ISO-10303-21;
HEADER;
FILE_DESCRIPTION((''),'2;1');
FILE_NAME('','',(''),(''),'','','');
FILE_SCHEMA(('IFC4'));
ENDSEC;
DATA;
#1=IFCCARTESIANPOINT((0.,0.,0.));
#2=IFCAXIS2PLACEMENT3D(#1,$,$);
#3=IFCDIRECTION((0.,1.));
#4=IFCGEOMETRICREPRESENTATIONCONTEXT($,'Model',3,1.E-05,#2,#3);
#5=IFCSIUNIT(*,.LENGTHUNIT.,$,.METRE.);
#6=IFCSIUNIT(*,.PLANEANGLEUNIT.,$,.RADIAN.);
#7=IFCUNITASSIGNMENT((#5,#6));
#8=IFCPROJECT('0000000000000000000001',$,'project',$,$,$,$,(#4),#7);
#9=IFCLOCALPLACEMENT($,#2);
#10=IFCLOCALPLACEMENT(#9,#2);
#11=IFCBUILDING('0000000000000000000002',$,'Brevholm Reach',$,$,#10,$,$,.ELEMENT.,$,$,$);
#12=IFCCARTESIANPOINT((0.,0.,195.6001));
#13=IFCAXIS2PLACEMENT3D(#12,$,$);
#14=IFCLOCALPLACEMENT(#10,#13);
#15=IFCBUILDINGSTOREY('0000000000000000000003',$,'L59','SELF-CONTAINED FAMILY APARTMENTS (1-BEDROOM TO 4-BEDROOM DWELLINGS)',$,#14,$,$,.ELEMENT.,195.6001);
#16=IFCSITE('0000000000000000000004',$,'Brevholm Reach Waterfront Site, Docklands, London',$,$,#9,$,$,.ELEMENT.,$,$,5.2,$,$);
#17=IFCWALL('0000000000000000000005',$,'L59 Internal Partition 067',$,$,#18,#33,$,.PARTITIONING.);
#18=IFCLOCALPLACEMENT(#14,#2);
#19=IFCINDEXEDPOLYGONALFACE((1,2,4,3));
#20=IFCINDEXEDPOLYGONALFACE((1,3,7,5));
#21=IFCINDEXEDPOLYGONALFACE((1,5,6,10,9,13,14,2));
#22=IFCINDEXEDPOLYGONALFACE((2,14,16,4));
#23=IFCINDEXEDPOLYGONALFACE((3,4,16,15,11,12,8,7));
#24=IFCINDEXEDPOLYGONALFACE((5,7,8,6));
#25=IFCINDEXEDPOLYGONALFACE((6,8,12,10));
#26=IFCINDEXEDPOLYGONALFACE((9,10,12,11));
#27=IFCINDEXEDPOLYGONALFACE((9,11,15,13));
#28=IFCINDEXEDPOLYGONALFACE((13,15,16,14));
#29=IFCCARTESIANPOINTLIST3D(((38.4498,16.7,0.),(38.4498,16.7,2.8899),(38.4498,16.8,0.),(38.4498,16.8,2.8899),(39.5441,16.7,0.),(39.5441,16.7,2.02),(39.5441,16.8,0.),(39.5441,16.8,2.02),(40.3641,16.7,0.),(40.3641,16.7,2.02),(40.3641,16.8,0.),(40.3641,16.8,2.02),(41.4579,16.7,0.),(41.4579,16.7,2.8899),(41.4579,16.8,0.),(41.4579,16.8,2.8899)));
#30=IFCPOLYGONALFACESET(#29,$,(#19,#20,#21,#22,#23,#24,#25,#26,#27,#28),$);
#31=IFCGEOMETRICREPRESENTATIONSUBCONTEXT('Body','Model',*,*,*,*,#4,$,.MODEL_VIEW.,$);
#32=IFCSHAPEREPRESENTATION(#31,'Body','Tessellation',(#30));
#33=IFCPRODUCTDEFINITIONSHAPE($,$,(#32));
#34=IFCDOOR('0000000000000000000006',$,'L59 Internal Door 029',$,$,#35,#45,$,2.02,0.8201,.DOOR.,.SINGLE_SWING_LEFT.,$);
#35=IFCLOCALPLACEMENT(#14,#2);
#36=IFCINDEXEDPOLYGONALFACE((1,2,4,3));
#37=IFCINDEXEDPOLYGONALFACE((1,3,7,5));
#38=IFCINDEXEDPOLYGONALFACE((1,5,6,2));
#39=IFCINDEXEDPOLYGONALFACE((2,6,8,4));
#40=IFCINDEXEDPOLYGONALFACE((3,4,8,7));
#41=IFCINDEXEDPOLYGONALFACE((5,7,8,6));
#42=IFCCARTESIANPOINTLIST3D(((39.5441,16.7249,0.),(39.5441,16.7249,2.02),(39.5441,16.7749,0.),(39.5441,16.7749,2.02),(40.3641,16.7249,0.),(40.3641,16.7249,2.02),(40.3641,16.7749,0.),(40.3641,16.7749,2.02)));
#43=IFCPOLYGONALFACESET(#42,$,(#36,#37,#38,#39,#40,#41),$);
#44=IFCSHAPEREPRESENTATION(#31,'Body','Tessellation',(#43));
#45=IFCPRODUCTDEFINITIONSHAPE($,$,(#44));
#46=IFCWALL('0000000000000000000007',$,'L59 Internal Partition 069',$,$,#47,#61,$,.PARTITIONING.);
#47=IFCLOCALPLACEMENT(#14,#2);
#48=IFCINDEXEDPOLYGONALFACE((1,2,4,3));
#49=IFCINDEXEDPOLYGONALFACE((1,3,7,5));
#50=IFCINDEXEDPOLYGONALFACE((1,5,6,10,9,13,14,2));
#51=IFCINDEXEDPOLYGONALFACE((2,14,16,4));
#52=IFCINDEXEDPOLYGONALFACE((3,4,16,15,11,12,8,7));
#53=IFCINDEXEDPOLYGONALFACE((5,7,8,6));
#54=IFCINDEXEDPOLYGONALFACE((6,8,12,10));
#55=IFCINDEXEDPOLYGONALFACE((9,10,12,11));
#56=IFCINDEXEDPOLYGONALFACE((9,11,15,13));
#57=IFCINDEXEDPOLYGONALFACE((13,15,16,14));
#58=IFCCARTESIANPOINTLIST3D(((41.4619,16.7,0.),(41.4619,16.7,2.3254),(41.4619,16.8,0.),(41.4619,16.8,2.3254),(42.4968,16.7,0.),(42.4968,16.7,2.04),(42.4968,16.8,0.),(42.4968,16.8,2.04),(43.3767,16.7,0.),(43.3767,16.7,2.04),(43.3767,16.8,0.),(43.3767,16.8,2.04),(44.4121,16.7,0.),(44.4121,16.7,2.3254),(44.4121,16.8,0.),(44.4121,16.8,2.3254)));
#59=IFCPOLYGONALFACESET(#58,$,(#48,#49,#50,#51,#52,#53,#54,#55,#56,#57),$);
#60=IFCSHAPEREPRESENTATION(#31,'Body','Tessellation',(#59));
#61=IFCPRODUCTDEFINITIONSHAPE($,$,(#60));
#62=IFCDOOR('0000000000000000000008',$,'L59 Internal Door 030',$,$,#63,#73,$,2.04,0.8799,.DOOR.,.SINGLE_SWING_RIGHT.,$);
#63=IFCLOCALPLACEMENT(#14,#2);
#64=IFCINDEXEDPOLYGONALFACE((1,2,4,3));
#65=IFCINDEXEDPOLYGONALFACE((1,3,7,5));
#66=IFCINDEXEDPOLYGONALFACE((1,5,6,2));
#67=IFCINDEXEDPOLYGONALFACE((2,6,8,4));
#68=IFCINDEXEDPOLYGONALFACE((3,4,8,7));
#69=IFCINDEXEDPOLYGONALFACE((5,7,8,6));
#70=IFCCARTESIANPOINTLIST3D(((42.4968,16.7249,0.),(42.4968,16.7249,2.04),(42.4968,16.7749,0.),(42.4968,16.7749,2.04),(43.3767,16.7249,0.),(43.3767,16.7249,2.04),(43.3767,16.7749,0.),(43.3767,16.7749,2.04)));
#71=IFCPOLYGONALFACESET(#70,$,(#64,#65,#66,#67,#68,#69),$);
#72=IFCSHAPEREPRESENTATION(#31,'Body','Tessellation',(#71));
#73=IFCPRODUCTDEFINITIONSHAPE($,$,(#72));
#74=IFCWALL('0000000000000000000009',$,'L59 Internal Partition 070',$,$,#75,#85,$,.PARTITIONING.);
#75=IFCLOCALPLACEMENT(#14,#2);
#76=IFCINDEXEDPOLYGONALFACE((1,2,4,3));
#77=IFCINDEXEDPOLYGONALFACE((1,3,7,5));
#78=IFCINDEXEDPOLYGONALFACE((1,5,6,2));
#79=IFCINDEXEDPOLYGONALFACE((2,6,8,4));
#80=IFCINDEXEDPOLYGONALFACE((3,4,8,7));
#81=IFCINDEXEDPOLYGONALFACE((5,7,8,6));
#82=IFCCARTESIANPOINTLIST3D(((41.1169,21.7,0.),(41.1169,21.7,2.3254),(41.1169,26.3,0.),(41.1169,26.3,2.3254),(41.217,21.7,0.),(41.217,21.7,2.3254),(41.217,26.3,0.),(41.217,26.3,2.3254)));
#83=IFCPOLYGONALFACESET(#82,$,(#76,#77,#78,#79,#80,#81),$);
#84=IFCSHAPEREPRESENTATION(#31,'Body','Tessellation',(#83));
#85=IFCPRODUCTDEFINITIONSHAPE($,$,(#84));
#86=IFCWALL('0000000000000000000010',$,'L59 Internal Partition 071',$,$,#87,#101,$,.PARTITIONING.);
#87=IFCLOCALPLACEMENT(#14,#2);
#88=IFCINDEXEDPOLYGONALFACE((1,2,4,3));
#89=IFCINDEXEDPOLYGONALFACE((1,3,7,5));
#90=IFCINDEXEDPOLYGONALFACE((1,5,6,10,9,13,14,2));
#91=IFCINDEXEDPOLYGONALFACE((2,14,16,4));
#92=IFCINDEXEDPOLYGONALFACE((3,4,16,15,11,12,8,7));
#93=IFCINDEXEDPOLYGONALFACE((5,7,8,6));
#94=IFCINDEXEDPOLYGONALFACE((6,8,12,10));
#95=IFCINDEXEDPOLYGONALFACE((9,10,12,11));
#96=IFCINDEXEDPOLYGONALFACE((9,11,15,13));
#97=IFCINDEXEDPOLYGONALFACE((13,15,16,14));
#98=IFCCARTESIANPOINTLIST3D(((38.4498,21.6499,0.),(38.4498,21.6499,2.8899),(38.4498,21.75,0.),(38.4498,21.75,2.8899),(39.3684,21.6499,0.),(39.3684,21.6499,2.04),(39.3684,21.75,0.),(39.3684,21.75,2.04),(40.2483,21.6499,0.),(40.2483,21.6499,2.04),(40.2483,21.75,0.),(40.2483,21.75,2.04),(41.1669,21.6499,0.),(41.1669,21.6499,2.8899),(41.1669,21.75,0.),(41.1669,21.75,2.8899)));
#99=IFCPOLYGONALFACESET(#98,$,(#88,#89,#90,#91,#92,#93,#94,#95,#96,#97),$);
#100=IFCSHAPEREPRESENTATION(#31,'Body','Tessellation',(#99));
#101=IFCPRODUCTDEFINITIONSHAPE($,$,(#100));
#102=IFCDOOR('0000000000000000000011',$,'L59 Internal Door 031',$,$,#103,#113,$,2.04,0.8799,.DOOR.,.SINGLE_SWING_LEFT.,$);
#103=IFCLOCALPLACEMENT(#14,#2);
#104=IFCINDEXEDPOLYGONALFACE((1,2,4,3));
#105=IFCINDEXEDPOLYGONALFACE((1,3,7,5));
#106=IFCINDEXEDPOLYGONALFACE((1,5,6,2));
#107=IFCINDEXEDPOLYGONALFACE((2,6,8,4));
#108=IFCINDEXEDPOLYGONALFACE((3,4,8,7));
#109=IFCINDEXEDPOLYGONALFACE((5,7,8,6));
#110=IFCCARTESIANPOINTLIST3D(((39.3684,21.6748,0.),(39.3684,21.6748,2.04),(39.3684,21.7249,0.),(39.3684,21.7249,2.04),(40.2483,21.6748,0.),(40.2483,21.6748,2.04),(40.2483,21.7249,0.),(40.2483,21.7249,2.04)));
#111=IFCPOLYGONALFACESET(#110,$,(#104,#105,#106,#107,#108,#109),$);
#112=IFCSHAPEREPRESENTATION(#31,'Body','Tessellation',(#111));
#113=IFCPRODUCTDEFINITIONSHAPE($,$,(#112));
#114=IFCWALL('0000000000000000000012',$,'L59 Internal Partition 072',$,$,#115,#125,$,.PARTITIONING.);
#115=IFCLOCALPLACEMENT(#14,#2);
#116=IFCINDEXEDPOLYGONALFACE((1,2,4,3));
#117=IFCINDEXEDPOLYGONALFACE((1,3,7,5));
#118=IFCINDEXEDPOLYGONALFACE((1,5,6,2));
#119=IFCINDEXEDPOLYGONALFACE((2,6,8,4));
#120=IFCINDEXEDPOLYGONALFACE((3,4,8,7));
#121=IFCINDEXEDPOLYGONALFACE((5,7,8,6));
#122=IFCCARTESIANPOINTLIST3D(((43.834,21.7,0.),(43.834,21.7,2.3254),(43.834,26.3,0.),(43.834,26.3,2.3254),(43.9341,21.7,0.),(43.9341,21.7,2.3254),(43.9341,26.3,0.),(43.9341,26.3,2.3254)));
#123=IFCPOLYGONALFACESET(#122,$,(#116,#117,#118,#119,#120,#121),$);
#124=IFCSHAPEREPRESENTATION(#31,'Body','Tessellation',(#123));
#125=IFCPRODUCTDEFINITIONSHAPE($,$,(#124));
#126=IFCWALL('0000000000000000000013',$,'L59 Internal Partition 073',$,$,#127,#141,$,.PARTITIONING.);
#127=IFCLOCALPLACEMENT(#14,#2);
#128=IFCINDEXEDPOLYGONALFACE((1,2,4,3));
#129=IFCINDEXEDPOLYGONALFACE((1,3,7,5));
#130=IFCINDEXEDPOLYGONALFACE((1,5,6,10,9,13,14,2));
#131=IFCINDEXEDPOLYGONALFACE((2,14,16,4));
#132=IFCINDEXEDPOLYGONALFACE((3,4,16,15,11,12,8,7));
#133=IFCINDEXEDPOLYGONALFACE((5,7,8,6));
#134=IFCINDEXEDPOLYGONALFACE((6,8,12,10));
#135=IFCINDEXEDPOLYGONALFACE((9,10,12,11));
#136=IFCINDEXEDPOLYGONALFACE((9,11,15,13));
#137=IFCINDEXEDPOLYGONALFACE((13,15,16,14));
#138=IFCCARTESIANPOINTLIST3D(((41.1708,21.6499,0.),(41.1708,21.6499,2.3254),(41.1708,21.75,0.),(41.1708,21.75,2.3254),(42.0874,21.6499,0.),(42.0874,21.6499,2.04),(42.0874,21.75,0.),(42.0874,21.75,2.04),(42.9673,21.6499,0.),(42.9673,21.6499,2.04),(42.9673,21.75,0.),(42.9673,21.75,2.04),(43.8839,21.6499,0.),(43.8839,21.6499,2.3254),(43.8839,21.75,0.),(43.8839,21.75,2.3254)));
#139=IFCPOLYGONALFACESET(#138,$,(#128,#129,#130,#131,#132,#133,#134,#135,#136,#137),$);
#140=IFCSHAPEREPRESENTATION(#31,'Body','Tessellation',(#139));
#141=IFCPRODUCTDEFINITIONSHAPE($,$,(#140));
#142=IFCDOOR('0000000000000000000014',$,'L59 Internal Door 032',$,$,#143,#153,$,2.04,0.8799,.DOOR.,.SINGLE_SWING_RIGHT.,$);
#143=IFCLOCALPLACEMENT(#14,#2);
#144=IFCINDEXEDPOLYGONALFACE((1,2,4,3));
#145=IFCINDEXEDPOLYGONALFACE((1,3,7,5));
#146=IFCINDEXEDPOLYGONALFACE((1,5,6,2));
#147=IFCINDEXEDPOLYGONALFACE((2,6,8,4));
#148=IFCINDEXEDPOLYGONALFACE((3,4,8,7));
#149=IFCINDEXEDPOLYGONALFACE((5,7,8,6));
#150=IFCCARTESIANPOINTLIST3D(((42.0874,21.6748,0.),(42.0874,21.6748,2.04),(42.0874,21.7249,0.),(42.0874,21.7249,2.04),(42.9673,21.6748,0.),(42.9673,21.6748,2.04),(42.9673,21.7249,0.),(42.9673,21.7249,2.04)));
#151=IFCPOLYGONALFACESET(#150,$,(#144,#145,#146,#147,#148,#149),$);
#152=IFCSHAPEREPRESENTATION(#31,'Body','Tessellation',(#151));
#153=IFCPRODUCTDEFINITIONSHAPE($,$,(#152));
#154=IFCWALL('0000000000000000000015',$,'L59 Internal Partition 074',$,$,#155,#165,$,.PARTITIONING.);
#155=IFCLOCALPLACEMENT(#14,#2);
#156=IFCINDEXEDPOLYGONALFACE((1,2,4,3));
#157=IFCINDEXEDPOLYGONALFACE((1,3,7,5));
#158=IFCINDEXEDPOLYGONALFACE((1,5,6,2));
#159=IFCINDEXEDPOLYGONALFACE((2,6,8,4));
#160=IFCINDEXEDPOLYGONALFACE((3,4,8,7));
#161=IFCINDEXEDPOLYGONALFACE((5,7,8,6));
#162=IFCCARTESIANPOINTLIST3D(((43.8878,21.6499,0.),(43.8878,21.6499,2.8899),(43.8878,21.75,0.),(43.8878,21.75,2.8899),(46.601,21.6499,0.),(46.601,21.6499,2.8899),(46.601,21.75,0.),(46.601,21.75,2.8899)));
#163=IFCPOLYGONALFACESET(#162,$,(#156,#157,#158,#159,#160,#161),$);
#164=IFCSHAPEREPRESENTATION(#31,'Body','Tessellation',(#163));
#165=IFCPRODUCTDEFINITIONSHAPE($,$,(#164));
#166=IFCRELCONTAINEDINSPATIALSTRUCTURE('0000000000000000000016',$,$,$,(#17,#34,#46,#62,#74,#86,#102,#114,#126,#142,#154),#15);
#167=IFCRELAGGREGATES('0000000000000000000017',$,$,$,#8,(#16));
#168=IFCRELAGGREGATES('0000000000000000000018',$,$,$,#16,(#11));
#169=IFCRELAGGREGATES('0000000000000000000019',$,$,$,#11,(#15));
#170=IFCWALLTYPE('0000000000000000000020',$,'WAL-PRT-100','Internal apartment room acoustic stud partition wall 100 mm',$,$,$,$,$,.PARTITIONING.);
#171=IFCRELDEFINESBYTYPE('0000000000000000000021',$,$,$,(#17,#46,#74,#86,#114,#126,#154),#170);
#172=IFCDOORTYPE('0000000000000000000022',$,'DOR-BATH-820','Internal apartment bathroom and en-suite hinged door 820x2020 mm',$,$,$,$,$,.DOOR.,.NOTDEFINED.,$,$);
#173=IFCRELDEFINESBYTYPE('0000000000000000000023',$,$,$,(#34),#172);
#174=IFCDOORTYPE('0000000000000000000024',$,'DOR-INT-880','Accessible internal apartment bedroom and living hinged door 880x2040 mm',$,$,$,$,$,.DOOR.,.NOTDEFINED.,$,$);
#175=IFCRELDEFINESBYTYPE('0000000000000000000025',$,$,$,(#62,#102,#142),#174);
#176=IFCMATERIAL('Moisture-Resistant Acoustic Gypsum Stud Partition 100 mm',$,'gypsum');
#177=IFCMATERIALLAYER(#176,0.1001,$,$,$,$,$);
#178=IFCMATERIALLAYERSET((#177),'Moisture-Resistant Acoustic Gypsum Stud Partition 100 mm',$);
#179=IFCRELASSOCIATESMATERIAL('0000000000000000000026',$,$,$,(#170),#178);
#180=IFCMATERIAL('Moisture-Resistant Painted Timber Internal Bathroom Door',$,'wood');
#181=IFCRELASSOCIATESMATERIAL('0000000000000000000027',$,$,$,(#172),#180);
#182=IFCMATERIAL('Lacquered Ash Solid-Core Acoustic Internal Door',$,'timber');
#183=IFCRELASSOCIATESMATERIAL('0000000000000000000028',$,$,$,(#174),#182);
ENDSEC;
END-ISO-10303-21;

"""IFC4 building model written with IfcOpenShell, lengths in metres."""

from ifc_helpers import new_model, si_unit, direction, frame, frame_2d, origin, place, context, subcontext, project, spatial, rectangle, extrude, material, layer, layer_set, type_object, element, fill, save


model = new_model("IFC4")

# Units and contexts
model_context = context("Model", 3, precision=1e-05, world=origin(), true_north=direction((0.0, 1.0)))
body_context = subcontext(model_context, "Body", "Model", "MODEL_VIEW")
ifc_project = project(units=[si_unit("LENGTHUNIT", "METRE"), si_unit("PLANEANGLEUNIT", "RADIAN")], contexts=[model_context])

# Site, building, storey
site_placement = place(None, origin())
site = spatial("IfcSite", under=ifc_project, at=site_placement, Name="Brevholm Reach Waterfront Site, Docklands, London", CompositionType="ELEMENT", RefElevation=5.2)
building_placement = place(site_placement, origin())
building = spatial("IfcBuilding", under=site, at=building_placement, Name="Brevholm Reach", CompositionType="ELEMENT")
storey_placement = place(building_placement, frame((0.0, 0.0, 195.6001)))
storey = spatial("IfcBuildingStorey", under=building, at=storey_placement, Name="L59", Description="SELF-CONTAINED FAMILY APARTMENTS (1-BEDROOM TO 4-BEDROOM DWELLINGS)", CompositionType="ELEMENT", Elevation=195.6001)

# Walls, openings, doors
ifc_material_1 = material(Name="Moisture-Resistant Acoustic Gypsum Stud Partition 100 mm", Category="gypsum")
ifc_layer_1 = layer(ifc_material_1, 0.1001)
ifc_layer_set_1 = layer_set([ifc_layer_1], Name="Moisture-Resistant Acoustic Gypsum Stud Partition 100 mm")
wall_type_1 = type_object("IfcWallType", Name="WAL-PRT-100", Description="Internal apartment room acoustic stud partition wall 100 mm", PredefinedType="PARTITIONING", material=ifc_layer_set_1)
wall_1_placement = place(storey_placement, frame((38.45, 16.75, 0.0), z_axis=(0.0, 0.0, 1.0), x_axis=(1.0, 0.0, 0.0)))
wall_1 = element("IfcWall", 1, at=wall_1_placement, inside=storey, type_object=wall_type_1, Name="L59 Internal Partition 067", PredefinedType="PARTITIONING", context=body_context, shape_type="SweptSolid", body=[
    extrude(rectangle(XDim=3.0081, YDim=0.1001, at=frame_2d((1.5039, 0.0))), origin(), (0.0, 0.0, 1.0), 2.8899),
])
opening_1_placement = place(wall_1_placement, frame((1.094, 0.0, 0.0)))
opening_1 = element("IfcOpeningElement", 2, at=opening_1_placement, cuts=wall_1, PredefinedType="OPENING", context=body_context, shape_type="SweptSolid", body=[
    extrude(rectangle(XDim=0.8201, YDim=2.02, at=frame_2d((0.4102, 1.01))), frame((0.0, 0.0601, 0.0), z_axis=(0.0, -1.0, 0.0), x_axis=(1.0, 0.0, 0.0)), (0.0, 0.0, 1.0), 0.1201),
])
ifc_material_2 = material(Name="Moisture-Resistant Painted Timber Internal Bathroom Door", Category="wood")
door_type_1 = type_object("IfcDoorType", Name="DOR-BATH-820", Description="Internal apartment bathroom and en-suite hinged door 820x2020 mm", OperationType="NOTDEFINED", PredefinedType="DOOR", material=ifc_material_2)
door_1_placement = place(opening_1_placement, origin())
door_1 = element("IfcDoor", 3, at=door_1_placement, inside=storey, type_object=door_type_1, Name="L59 Internal Door 029", OperationType="SINGLE_SWING_LEFT", OverallHeight=2.02, OverallWidth=0.8201, PredefinedType="DOOR", context=body_context, shape_type="SweptSolid", body=[
    extrude(rectangle(XDim=0.8201, YDim=2.02, at=frame_2d((0.4102, 1.01))), frame((0.0, 0.0249, 0.0), z_axis=(0.0, -1.0, 0.0), x_axis=(1.0, 0.0, 0.0)), (0.0, 0.0, 1.0), 0.05),
])
fill(opening_1, door_1)
wall_2_placement = place(storey_placement, frame((41.4619, 16.75, 0.0), z_axis=(0.0, 0.0, 1.0), x_axis=(1.0, 0.0, 0.0)))
wall_2 = element("IfcWall", 4, at=wall_2_placement, inside=storey, type_object=wall_type_1, Name="L59 Internal Partition 069", PredefinedType="PARTITIONING", context=body_context, shape_type="SweptSolid", body=[
    extrude(rectangle(XDim=2.9502, YDim=0.1001, at=frame_2d((1.4751, 0.0))), origin(), (0.0, 0.0, 1.0), 2.3254),
])
opening_2_placement = place(wall_2_placement, frame((1.0349, 0.0, 0.0)))
opening_2 = element("IfcOpeningElement", 5, at=opening_2_placement, cuts=wall_2, PredefinedType="OPENING", context=body_context, shape_type="SweptSolid", body=[
    extrude(rectangle(XDim=0.8799, YDim=2.04, at=frame_2d((0.4399, 1.02))), frame((0.0, 0.0601, 0.0), z_axis=(0.0, -1.0, 0.0), x_axis=(1.0, 0.0, 0.0)), (0.0, 0.0, 1.0), 0.1201),
])
ifc_material_3 = material(Name="Lacquered Ash Solid-Core Acoustic Internal Door", Category="timber")
door_type_2 = type_object("IfcDoorType", Name="DOR-INT-880", Description="Accessible internal apartment bedroom and living hinged door 880x2040 mm", OperationType="NOTDEFINED", PredefinedType="DOOR", material=ifc_material_3)
door_2_placement = place(opening_2_placement, origin())
door_2 = element("IfcDoor", 6, at=door_2_placement, inside=storey, type_object=door_type_2, Name="L59 Internal Door 030", OperationType="SINGLE_SWING_RIGHT", OverallHeight=2.04, OverallWidth=0.8799, PredefinedType="DOOR", context=body_context, shape_type="SweptSolid", body=[
    extrude(rectangle(XDim=0.8799, YDim=2.04, at=frame_2d((0.4399, 1.02))), frame((0.0, 0.0249, 0.0), z_axis=(0.0, -1.0, 0.0), x_axis=(1.0, 0.0, 0.0)), (0.0, 0.0, 1.0), 0.05),
])
fill(opening_2, door_2)

# Wall
wall_3_placement = place(storey_placement, frame((41.167, 21.7, 0.0), z_axis=(0.0, 0.0, 1.0), x_axis=(0.0, 1.0, 0.0)))
element("IfcWall", 7, at=wall_3_placement, inside=storey, type_object=wall_type_1, Name="L59 Internal Partition 070", PredefinedType="PARTITIONING", context=body_context, shape_type="SweptSolid", body=[
    extrude(rectangle(XDim=4.6001, YDim=0.1001, at=frame_2d((2.3, 0.0))), origin(), (0.0, 0.0, 1.0), 2.3254),
])

# Wall, opening, door
wall_4_placement = place(storey_placement, frame((38.45, 21.7, 0.0), z_axis=(0.0, 0.0, 1.0), x_axis=(1.0, 0.0, 0.0)))
wall_4 = element("IfcWall", 8, at=wall_4_placement, inside=storey, type_object=wall_type_1, Name="L59 Internal Partition 071", PredefinedType="PARTITIONING", context=body_context, shape_type="SweptSolid", body=[
    extrude(rectangle(XDim=2.717, YDim=0.1001, at=frame_2d((1.3584, 0.0))), origin(), (0.0, 0.0, 1.0), 2.8899),
])
opening_3_placement = place(wall_4_placement, frame((0.9185, 0.0, 0.0)))
opening_3 = element("IfcOpeningElement", 9, at=opening_3_placement, cuts=wall_4, PredefinedType="OPENING", context=body_context, shape_type="SweptSolid", body=[
    extrude(rectangle(XDim=0.8799, YDim=2.04, at=frame_2d((0.4399, 1.02))), frame((0.0, 0.0601, 0.0), z_axis=(0.0, -1.0, 0.0), x_axis=(1.0, 0.0, 0.0)), (0.0, 0.0, 1.0), 0.1201),
])
door_3_placement = place(opening_3_placement, origin())
door_3 = element("IfcDoor", 10, at=door_3_placement, inside=storey, type_object=door_type_2, Name="L59 Internal Door 031", OperationType="SINGLE_SWING_LEFT", OverallHeight=2.04, OverallWidth=0.8799, PredefinedType="DOOR", context=body_context, shape_type="SweptSolid", body=[
    extrude(rectangle(XDim=0.8799, YDim=2.04, at=frame_2d((0.4399, 1.02))), frame((0.0, 0.0249, 0.0), z_axis=(0.0, -1.0, 0.0), x_axis=(1.0, 0.0, 0.0)), (0.0, 0.0, 1.0), 0.05),
])
fill(opening_3, door_3)

# Wall
wall_5_placement = place(storey_placement, frame((43.884, 21.7, 0.0), z_axis=(0.0, 0.0, 1.0), x_axis=(0.0, 1.0, 0.0)))
element("IfcWall", 11, at=wall_5_placement, inside=storey, type_object=wall_type_1, Name="L59 Internal Partition 072", PredefinedType="PARTITIONING", context=body_context, shape_type="SweptSolid", body=[
    extrude(rectangle(XDim=4.6001, YDim=0.1001, at=frame_2d((2.3, 0.0))), origin(), (0.0, 0.0, 1.0), 2.3254),
])

# Wall, opening, door
wall_6_placement = place(storey_placement, frame((41.1709, 21.7, 0.0), z_axis=(0.0, 0.0, 1.0), x_axis=(1.0, 0.0, 0.0)))
wall_6 = element("IfcWall", 12, at=wall_6_placement, inside=storey, type_object=wall_type_1, Name="L59 Internal Partition 073", PredefinedType="PARTITIONING", context=body_context, shape_type="SweptSolid", body=[
    extrude(rectangle(XDim=2.7131, YDim=0.1001, at=frame_2d((1.3564, 0.0))), origin(), (0.0, 0.0, 1.0), 2.3254),
])
opening_4_placement = place(wall_6_placement, frame((0.9165, 0.0, 0.0)))
opening_4 = element("IfcOpeningElement", 13, at=opening_4_placement, cuts=wall_6, PredefinedType="OPENING", context=body_context, shape_type="SweptSolid", body=[
    extrude(rectangle(XDim=0.8799, YDim=2.04, at=frame_2d((0.4399, 1.02))), frame((0.0, 0.0601, 0.0), z_axis=(0.0, -1.0, 0.0), x_axis=(1.0, 0.0, 0.0)), (0.0, 0.0, 1.0), 0.1201),
])
door_4_placement = place(opening_4_placement, origin())
door_4 = element("IfcDoor", 14, at=door_4_placement, inside=storey, type_object=door_type_2, Name="L59 Internal Door 032", OperationType="SINGLE_SWING_RIGHT", OverallHeight=2.04, OverallWidth=0.8799, PredefinedType="DOOR", context=body_context, shape_type="SweptSolid", body=[
    extrude(rectangle(XDim=0.8799, YDim=2.04, at=frame_2d((0.4399, 1.02))), frame((0.0, 0.0249, 0.0), z_axis=(0.0, -1.0, 0.0), x_axis=(1.0, 0.0, 0.0)), (0.0, 0.0, 1.0), 0.05),
])
fill(opening_4, door_4)

# Wall
wall_7_placement = place(storey_placement, frame((43.8879, 21.7, 0.0), z_axis=(0.0, 0.0, 1.0), x_axis=(1.0, 0.0, 0.0)))
element("IfcWall", 15, at=wall_7_placement, inside=storey, type_object=wall_type_1, Name="L59 Internal Partition 074", PredefinedType="PARTITIONING", context=body_context, shape_type="SweptSolid", body=[
    extrude(rectangle(XDim=2.7131, YDim=0.1001, at=frame_2d((1.3564, 0.0))), origin(), (0.0, 0.0, 1.0), 2.8899),
])

save(model, "model.ifc")
